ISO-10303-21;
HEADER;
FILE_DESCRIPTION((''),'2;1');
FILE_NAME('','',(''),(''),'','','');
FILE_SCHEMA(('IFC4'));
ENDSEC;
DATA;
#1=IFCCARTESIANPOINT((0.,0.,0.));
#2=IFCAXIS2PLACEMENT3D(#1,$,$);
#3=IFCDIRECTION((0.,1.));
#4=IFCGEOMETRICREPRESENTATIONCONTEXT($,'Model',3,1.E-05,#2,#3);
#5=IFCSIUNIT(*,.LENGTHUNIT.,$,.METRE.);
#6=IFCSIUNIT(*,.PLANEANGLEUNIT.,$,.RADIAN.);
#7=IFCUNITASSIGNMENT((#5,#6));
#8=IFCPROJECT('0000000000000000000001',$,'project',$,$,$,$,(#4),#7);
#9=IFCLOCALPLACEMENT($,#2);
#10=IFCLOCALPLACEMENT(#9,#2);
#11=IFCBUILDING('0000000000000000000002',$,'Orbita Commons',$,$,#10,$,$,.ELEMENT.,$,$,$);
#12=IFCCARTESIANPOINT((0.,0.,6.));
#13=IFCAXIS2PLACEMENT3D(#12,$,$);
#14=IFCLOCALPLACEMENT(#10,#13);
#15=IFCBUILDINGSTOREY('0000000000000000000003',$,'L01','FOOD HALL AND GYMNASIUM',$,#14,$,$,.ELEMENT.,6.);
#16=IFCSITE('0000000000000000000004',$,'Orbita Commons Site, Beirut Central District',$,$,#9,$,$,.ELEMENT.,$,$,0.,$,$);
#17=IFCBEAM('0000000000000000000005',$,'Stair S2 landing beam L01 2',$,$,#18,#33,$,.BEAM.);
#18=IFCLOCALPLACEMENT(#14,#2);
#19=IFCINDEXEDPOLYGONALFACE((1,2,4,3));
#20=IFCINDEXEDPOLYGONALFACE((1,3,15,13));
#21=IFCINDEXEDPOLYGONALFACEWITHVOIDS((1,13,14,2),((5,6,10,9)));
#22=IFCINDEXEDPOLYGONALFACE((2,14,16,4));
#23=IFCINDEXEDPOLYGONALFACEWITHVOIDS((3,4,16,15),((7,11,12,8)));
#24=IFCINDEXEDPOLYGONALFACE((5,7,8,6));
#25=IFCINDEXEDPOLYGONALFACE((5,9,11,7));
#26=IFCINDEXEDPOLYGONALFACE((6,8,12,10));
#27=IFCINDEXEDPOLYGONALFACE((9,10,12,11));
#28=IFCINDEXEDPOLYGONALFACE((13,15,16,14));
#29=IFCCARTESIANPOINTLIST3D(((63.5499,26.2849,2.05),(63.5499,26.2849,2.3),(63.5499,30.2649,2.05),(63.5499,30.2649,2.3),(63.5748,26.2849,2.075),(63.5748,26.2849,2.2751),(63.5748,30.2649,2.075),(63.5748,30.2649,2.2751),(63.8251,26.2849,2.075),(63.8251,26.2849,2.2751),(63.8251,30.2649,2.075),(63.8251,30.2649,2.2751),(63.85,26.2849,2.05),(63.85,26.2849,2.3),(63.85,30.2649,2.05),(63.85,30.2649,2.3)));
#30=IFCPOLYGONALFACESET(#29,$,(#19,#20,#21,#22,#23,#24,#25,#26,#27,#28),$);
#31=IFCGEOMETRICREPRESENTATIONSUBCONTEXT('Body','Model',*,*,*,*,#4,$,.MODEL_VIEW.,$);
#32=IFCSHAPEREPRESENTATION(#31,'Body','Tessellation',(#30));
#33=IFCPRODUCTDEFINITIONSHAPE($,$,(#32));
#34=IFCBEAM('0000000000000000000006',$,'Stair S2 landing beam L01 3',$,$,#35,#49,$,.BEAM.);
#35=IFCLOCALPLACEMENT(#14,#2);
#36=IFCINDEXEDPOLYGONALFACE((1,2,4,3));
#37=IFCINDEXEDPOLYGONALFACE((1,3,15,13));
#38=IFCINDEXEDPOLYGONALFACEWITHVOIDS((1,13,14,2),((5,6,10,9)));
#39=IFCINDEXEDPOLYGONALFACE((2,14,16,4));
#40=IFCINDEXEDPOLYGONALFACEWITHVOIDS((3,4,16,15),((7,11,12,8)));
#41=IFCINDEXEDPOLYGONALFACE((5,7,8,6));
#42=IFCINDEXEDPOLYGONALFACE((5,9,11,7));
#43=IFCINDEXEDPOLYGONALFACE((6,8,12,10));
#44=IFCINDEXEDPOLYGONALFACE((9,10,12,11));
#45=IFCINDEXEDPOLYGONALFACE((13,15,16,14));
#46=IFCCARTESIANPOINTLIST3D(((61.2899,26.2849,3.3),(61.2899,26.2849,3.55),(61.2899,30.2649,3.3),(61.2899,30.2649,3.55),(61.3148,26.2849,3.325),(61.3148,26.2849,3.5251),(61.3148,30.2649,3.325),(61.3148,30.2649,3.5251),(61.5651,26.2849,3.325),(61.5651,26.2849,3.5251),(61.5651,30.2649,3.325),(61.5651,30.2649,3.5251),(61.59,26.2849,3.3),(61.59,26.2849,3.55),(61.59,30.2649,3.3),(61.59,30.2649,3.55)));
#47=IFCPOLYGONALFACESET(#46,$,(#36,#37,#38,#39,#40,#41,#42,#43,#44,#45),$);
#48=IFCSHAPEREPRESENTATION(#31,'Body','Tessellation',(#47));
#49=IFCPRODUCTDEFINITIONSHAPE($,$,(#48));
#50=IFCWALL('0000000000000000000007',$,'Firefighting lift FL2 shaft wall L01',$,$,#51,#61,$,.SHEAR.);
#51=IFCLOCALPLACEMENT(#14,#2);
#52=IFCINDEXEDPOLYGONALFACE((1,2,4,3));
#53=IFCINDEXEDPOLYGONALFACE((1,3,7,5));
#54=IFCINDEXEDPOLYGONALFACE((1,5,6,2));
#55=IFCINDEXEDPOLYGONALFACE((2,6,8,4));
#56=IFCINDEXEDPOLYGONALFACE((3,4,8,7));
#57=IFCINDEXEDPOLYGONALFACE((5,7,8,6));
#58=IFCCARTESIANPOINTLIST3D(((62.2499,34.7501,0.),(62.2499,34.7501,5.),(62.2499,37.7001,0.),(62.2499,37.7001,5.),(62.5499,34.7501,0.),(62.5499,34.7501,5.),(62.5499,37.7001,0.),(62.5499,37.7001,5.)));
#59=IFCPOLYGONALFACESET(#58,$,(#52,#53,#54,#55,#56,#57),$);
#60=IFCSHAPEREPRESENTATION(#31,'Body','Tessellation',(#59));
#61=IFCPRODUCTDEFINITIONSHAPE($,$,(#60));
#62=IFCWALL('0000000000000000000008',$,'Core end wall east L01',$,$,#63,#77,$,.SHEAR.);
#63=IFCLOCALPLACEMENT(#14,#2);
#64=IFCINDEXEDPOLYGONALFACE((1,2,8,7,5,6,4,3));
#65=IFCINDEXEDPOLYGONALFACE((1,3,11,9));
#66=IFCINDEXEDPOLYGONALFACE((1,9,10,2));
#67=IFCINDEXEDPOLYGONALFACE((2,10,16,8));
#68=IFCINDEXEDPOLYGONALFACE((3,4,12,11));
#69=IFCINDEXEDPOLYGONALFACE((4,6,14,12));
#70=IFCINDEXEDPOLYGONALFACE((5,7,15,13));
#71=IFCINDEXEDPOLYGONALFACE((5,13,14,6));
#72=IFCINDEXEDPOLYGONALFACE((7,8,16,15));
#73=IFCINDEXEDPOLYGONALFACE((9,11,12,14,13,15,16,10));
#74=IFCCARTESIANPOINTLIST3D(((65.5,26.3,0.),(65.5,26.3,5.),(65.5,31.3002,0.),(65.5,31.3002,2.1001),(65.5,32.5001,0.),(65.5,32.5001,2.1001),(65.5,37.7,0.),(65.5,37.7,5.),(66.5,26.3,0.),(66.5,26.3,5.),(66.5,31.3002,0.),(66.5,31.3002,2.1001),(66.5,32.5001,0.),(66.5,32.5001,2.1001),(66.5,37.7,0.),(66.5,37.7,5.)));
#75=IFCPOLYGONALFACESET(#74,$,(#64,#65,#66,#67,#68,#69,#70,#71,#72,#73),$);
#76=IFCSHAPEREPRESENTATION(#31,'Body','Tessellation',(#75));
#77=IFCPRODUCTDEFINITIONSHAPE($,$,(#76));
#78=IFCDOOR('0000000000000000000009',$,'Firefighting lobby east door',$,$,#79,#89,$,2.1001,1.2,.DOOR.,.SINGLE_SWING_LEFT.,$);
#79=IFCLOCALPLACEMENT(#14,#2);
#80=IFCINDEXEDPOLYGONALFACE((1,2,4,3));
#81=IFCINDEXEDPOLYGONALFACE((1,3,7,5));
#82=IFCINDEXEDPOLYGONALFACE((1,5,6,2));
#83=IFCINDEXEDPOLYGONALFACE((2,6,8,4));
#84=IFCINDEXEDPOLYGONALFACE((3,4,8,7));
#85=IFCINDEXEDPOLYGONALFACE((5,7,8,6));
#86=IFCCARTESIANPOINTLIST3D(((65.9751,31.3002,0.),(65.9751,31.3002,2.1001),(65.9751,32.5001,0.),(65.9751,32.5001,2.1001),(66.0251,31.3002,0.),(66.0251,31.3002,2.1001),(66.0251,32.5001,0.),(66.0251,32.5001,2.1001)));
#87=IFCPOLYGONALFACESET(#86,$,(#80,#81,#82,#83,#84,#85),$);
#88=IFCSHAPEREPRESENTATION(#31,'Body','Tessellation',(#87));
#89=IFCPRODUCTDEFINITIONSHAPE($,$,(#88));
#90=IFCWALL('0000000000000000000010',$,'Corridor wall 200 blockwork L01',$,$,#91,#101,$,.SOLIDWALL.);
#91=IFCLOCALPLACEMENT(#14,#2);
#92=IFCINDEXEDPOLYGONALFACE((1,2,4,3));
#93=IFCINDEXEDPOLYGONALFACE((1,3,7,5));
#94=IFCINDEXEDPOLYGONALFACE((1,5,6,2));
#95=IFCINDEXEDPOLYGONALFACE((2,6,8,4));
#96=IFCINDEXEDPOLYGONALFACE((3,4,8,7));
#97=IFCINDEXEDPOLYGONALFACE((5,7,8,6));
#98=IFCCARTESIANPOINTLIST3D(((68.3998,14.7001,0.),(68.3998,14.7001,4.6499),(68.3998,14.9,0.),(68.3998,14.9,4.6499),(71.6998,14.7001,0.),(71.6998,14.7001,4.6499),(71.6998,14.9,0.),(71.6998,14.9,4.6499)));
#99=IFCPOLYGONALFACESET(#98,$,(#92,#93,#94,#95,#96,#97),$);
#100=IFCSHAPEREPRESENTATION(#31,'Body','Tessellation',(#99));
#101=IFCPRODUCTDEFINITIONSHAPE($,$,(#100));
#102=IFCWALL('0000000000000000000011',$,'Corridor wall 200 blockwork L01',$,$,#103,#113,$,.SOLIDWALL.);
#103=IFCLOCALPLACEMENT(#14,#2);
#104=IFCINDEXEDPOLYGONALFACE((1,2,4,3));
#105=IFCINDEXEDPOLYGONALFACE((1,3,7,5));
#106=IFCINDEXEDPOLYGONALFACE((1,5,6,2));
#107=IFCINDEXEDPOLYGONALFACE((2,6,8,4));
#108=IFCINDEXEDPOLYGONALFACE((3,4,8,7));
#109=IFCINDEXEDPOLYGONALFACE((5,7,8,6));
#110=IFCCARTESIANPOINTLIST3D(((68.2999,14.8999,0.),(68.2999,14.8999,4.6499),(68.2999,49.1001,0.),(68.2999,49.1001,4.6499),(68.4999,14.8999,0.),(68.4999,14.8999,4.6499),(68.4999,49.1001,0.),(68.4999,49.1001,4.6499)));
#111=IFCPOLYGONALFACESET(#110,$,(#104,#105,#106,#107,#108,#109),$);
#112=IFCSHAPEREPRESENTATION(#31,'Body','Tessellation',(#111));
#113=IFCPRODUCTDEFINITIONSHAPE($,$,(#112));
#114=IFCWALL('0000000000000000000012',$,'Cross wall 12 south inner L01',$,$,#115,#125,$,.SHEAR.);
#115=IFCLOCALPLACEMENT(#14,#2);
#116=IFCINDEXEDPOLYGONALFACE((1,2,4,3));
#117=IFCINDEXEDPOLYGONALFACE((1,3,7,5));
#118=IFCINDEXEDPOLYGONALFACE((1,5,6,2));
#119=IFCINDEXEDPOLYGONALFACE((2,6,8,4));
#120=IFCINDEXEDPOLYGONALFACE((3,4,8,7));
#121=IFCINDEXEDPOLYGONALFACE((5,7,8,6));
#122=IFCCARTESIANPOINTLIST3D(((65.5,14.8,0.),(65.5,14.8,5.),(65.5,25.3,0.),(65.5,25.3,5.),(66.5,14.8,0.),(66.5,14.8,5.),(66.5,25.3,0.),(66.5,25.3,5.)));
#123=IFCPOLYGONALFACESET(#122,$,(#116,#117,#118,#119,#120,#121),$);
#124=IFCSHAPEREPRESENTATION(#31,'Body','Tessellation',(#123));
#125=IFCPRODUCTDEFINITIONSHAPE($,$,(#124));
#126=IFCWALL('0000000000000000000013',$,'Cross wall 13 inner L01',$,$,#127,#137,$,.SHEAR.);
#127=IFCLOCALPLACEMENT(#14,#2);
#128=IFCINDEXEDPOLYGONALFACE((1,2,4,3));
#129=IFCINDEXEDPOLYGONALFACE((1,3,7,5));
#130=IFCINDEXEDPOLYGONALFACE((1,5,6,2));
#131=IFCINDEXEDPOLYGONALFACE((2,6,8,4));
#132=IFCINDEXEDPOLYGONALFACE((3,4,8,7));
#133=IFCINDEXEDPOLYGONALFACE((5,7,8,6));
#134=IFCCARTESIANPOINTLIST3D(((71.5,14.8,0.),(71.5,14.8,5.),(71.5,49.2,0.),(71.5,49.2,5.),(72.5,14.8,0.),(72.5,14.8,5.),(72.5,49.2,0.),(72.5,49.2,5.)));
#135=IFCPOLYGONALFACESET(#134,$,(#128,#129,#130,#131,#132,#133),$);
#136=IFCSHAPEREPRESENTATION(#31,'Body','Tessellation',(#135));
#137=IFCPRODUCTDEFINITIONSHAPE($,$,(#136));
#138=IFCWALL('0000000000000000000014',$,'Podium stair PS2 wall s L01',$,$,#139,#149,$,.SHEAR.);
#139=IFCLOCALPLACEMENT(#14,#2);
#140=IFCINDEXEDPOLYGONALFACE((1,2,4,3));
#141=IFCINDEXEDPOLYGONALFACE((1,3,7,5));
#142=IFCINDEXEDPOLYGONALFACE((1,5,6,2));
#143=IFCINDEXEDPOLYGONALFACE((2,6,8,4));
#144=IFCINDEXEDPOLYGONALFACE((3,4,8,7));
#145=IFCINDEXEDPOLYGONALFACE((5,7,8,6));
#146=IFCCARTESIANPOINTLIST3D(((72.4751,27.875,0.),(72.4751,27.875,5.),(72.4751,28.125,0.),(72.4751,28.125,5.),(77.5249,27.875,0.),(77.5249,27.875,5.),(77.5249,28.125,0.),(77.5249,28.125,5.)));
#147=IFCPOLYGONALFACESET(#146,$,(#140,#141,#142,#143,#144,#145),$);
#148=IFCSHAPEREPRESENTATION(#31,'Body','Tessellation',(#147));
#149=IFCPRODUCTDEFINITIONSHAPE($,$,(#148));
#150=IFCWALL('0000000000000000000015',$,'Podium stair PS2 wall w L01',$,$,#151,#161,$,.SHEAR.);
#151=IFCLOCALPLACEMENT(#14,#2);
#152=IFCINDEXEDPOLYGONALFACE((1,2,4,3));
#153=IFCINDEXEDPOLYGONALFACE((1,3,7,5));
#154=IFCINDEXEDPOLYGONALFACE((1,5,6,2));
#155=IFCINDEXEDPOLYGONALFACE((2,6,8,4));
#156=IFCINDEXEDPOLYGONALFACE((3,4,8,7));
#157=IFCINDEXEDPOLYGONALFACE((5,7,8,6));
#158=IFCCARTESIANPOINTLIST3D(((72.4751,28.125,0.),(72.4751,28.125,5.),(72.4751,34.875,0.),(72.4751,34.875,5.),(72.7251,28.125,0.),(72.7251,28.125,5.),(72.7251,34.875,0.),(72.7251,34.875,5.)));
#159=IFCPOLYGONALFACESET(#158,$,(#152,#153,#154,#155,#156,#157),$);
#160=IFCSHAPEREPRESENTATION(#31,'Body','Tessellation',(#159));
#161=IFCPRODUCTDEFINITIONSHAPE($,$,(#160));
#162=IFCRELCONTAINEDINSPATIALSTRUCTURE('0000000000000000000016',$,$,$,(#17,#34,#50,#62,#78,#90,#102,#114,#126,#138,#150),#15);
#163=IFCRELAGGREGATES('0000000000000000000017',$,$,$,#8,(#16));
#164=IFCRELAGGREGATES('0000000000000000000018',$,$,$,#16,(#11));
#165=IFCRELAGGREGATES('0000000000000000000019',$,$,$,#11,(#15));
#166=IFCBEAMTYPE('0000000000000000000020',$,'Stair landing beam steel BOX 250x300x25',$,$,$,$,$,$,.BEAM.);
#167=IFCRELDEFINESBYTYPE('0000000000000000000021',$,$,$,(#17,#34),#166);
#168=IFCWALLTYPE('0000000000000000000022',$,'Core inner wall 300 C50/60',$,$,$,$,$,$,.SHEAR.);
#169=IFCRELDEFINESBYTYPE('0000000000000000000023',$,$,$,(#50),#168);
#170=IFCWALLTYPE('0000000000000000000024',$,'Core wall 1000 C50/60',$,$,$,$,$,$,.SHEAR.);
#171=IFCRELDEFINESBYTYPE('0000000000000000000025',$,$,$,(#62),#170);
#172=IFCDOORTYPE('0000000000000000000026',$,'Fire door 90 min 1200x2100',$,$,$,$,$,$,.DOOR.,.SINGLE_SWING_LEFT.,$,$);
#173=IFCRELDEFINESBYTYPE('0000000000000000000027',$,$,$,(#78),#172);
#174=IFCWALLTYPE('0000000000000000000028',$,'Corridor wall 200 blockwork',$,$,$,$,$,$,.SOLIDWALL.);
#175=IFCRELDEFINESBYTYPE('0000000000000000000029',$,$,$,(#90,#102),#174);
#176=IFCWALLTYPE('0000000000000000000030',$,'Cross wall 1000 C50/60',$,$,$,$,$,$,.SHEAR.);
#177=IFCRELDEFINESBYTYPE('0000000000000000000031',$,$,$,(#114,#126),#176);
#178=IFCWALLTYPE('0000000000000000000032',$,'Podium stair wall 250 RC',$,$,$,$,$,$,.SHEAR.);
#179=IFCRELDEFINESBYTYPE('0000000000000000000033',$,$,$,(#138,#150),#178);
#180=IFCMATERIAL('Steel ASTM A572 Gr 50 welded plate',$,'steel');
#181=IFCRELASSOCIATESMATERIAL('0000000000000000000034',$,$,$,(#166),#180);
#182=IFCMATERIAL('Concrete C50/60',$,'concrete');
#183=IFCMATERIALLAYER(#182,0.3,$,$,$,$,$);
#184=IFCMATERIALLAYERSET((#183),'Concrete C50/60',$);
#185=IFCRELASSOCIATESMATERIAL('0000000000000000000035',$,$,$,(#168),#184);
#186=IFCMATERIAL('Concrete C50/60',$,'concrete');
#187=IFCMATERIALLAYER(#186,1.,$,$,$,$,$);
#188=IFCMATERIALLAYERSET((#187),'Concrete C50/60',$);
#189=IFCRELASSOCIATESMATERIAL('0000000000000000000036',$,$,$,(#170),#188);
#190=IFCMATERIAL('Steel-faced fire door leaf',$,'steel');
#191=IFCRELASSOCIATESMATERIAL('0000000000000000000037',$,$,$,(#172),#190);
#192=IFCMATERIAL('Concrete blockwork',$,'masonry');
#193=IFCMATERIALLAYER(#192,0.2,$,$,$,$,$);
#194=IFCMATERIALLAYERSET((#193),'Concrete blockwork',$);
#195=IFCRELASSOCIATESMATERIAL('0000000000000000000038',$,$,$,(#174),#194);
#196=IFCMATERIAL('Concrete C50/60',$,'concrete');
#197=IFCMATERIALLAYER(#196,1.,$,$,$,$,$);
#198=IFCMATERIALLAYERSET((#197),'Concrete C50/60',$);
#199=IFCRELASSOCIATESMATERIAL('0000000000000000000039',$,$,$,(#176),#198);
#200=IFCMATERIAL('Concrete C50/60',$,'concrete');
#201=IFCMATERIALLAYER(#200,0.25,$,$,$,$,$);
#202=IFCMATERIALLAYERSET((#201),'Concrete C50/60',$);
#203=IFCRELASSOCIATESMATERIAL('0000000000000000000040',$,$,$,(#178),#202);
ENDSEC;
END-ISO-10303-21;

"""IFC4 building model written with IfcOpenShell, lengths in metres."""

from ifc_helpers import new_model, si_unit, direction, frame, frame_2d, origin, origin_2d, place, context, subcontext, project, spatial, rectangle, hollow_rectangle, extrude, material, layer, layer_set, material_profile, profile_set, type_object, element, fill, save


model = new_model("IFC4")

# Units and contexts
model_context = context("Model", 3, precision=1e-05, world=origin(), true_north=direction((0.0, 1.0)))
body_context = subcontext(model_context, "Body", "Model", "MODEL_VIEW")
ifc_project = project(units=[si_unit("LENGTHUNIT", "METRE"), si_unit("PLANEANGLEUNIT", "RADIAN")], contexts=[model_context])

# Site, building, storey
site_placement = place(None, origin())
site = spatial("IfcSite", under=ifc_project, at=site_placement, Name="Orbita Commons Site, Beirut Central District", CompositionType="ELEMENT", RefElevation=0.0)
building_placement = place(site_placement, origin())
building = spatial("IfcBuilding", under=site, at=building_placement, Name="Orbita Commons", CompositionType="ELEMENT")
storey_placement = place(building_placement, frame((0.0, 0.0, 6.0)))
storey = spatial("IfcBuildingStorey", under=building, at=storey_placement, Name="L01", Description="FOOD HALL AND GYMNASIUM", CompositionType="ELEMENT", Elevation=6.0)

# Beams
ifc_material_1 = material(Name="Steel ASTM A572 Gr 50 welded plate", Category="steel")
ifc_material_profile = material_profile(ifc_material_1, hollow_rectangle(XDim=0.3, YDim=0.25, WallThickness=0.0249, at=origin_2d()), Name="BOX 250x300x25")
ifc_profile_set = profile_set([ifc_material_profile], Name="Steel ASTM A572 Gr 50 welded plate")
beam_type = type_object("IfcBeamType", Name="Stair landing beam steel BOX 250x300x25", PredefinedType="BEAM", material=ifc_profile_set)
for number, where, z_axis, x_axis, name in (
    (1, (63.7, 26.2849, 2.175), (0.0, 1.0, 0.0), (-1.0, 0.0, 0.0), "Stair S2 landing beam L01 2"),
    (2, (61.4399, 26.2849, 3.425), (0.0, 1.0, 0.0), (-1.0, 0.0, 0.0), "Stair S2 landing beam L01 3"),
):
    element("IfcBeam", number, at=place(storey_placement, frame(where, z_axis=z_axis, x_axis=x_axis)), inside=storey, type_object=beam_type, Name=name, PredefinedType="BEAM", context=body_context, shape_type="SweptSolid", body=[
        extrude(hollow_rectangle(XDim=0.3, YDim=0.25, WallThickness=0.0249, at=origin_2d()), origin(), (0.0, 0.0, 1.0), 3.98),
    ])

# Wall
ifc_material_2 = material(Name="Concrete C50/60", Category="concrete")
ifc_layer_1 = layer(ifc_material_2, 0.3)
ifc_layer_set_1 = layer_set([ifc_layer_1], Name="Concrete C50/60")
wall_type_1 = type_object("IfcWallType", Name="Core inner wall 300 C50/60", PredefinedType="SHEAR", material=ifc_layer_set_1)
wall_1_placement = place(storey_placement, frame((62.3999, 34.75, 0.0), z_axis=(0.0, 0.0, 1.0), x_axis=(0.0, 1.0, 0.0)))
element("IfcWall", 3, at=wall_1_placement, inside=storey, type_object=wall_type_1, Name="Firefighting lift FL2 shaft wall L01", PredefinedType="SHEAR", context=body_context, shape_type="SweptSolid", body=[
    extrude(rectangle(XDim=2.95, YDim=0.3, at=frame_2d((1.4751, 0.0))), origin(), (0.0, 0.0, 1.0), 5.0),
])

# Wall, opening, door
ifc_material_3 = material(Name="Concrete C50/60", Category="concrete")
ifc_layer_2 = layer(ifc_material_3, 1.0)
ifc_layer_set_2 = layer_set([ifc_layer_2], Name="Concrete C50/60")
wall_type_2 = type_object("IfcWallType", Name="Core wall 1000 C50/60", PredefinedType="SHEAR", material=ifc_layer_set_2)
wall_2_placement = place(storey_placement, frame((66.0, 26.3, 0.0), z_axis=(0.0, 0.0, 1.0), x_axis=(0.0, 1.0, 0.0)))
wall_2 = element("IfcWall", 4, at=wall_2_placement, inside=storey, type_object=wall_type_2, Name="Core end wall east L01", PredefinedType="SHEAR", context=body_context, shape_type="SweptSolid", body=[
    extrude(rectangle(XDim=11.3999, YDim=1.0, at=frame_2d((5.7, 0.0))), origin(), (0.0, 0.0, 1.0), 5.0),
])
opening_placement = place(wall_2_placement, frame((5.0, 0.0, 0.0)))
opening = element("IfcOpeningElement", 5, at=opening_placement, cuts=wall_2, PredefinedType="OPENING", context=body_context, shape_type="SweptSolid", body=[
    extrude(rectangle(XDim=1.2, YDim=2.1001, at=frame_2d((0.6001, 1.05))), frame((0.0, 0.51, 0.0), z_axis=(0.0, -1.0, 0.0), x_axis=(1.0, 0.0, 0.0)), (0.0, 0.0, 1.0), 1.02),
])
ifc_material_4 = material(Name="Steel-faced fire door leaf", Category="steel")
door_type = type_object("IfcDoorType", Name="Fire door 90 min 1200x2100", OperationType="SINGLE_SWING_LEFT", PredefinedType="DOOR", material=ifc_material_4)
door_placement = place(opening_placement, origin())
door = element("IfcDoor", 6, at=door_placement, inside=storey, type_object=door_type, Name="Firefighting lobby east door", OperationType="SINGLE_SWING_LEFT", OverallHeight=2.1001, OverallWidth=1.2, PredefinedType="DOOR", context=body_context, shape_type="SweptSolid", body=[
    extrude(rectangle(XDim=1.2, YDim=2.1001, at=frame_2d((0.6001, 1.05))), frame((0.0, 0.0249, 0.0), z_axis=(0.0, -1.0, 0.0), x_axis=(1.0, 0.0, 0.0)), (0.0, 0.0, 1.0), 0.05),
])
fill(opening, door)

# Walls
ifc_material_5 = material(Name="Concrete blockwork", Category="masonry")
ifc_layer_3 = layer(ifc_material_5, 0.2)
ifc_layer_set_3 = layer_set([ifc_layer_3], Name="Concrete blockwork")
wall_type_3 = type_object("IfcWallType", Name="Corridor wall 200 blockwork", PredefinedType="SOLIDWALL", material=ifc_layer_set_3)
wall_3_placement = place(storey_placement, frame((68.3999, 14.8, 0.0), z_axis=(0.0, 0.0, 1.0), x_axis=(1.0, 0.0, 0.0)))
element("IfcWall", 7, at=wall_3_placement, inside=storey, type_object=wall_type_3, Name="Corridor wall 200 blockwork L01", PredefinedType="SOLIDWALL", context=body_context, shape_type="SweptSolid", body=[
    extrude(rectangle(XDim=3.3, YDim=0.2, at=frame_2d((1.6499, 0.0))), origin(), (0.0, 0.0, 1.0), 4.6499),
])
wall_4_placement = place(storey_placement, frame((68.3999, 14.8999, 0.0), z_axis=(0.0, 0.0, 1.0), x_axis=(0.0, 1.0, 0.0)))
element("IfcWall", 8, at=wall_4_placement, inside=storey, type_object=wall_type_3, Name="Corridor wall 200 blockwork L01", PredefinedType="SOLIDWALL", context=body_context, shape_type="SweptSolid", body=[
    extrude(rectangle(XDim=34.2002, YDim=0.2, at=frame_2d((17.1001, 0.0))), origin(), (0.0, 0.0, 1.0), 4.6499),
])
ifc_material_6 = material(Name="Concrete C50/60", Category="concrete")
ifc_layer_4 = layer(ifc_material_6, 1.0)
ifc_layer_set_4 = layer_set([ifc_layer_4], Name="Concrete C50/60")
wall_type_4 = type_object("IfcWallType", Name="Cross wall 1000 C50/60", PredefinedType="SHEAR", material=ifc_layer_set_4)
wall_5_placement = place(storey_placement, frame((66.0, 14.8, 0.0), z_axis=(0.0, 0.0, 1.0), x_axis=(0.0, 1.0, 0.0)))
element("IfcWall", 9, at=wall_5_placement, inside=storey, type_object=wall_type_4, Name="Cross wall 12 south inner L01", PredefinedType="SHEAR", context=body_context, shape_type="SweptSolid", body=[
    extrude(rectangle(XDim=10.5, YDim=1.0, at=frame_2d((5.25, 0.0))), origin(), (0.0, 0.0, 1.0), 5.0),
])
wall_6_placement = place(storey_placement, frame((72.0, 14.8, 0.0), z_axis=(0.0, 0.0, 1.0), x_axis=(0.0, 1.0, 0.0)))
element("IfcWall", 10, at=wall_6_placement, inside=storey, type_object=wall_type_4, Name="Cross wall 13 inner L01", PredefinedType="SHEAR", context=body_context, shape_type="SweptSolid", body=[
    extrude(rectangle(XDim=34.3999, YDim=1.0, at=frame_2d((17.2, 0.0))), origin(), (0.0, 0.0, 1.0), 5.0),
])
ifc_material_7 = material(Name="Concrete C50/60", Category="concrete")
ifc_layer_5 = layer(ifc_material_7, 0.25)
ifc_layer_set_5 = layer_set([ifc_layer_5], Name="Concrete C50/60")
wall_type_5 = type_object("IfcWallType", Name="Podium stair wall 250 RC", PredefinedType="SHEAR", material=ifc_layer_set_5)
wall_7_placement = place(storey_placement, frame((72.4751, 28.0, 0.0), z_axis=(0.0, 0.0, 1.0), x_axis=(1.0, 0.0, 0.0)))
element("IfcWall", 11, at=wall_7_placement, inside=storey, type_object=wall_type_5, Name="Podium stair PS2 wall s L01", PredefinedType="SHEAR", context=body_context, shape_type="SweptSolid", body=[
    extrude(rectangle(XDim=5.0498, YDim=0.25, at=frame_2d((2.5249, 0.0))), origin(), (0.0, 0.0, 1.0), 5.0),
])
wall_8_placement = place(storey_placement, frame((72.6001, 34.875, 0.0), z_axis=(0.0, 0.0, 1.0), x_axis=(0.0, -1.0, 0.0)))
element("IfcWall", 12, at=wall_8_placement, inside=storey, type_object=wall_type_5, Name="Podium stair PS2 wall w L01", PredefinedType="SHEAR", context=body_context, shape_type="SweptSolid", body=[
    extrude(rectangle(XDim=6.75, YDim=0.25, at=frame_2d((3.375, 0.0))), origin(), (0.0, 0.0, 1.0), 5.0),
])

save(model, "model.ifc")
